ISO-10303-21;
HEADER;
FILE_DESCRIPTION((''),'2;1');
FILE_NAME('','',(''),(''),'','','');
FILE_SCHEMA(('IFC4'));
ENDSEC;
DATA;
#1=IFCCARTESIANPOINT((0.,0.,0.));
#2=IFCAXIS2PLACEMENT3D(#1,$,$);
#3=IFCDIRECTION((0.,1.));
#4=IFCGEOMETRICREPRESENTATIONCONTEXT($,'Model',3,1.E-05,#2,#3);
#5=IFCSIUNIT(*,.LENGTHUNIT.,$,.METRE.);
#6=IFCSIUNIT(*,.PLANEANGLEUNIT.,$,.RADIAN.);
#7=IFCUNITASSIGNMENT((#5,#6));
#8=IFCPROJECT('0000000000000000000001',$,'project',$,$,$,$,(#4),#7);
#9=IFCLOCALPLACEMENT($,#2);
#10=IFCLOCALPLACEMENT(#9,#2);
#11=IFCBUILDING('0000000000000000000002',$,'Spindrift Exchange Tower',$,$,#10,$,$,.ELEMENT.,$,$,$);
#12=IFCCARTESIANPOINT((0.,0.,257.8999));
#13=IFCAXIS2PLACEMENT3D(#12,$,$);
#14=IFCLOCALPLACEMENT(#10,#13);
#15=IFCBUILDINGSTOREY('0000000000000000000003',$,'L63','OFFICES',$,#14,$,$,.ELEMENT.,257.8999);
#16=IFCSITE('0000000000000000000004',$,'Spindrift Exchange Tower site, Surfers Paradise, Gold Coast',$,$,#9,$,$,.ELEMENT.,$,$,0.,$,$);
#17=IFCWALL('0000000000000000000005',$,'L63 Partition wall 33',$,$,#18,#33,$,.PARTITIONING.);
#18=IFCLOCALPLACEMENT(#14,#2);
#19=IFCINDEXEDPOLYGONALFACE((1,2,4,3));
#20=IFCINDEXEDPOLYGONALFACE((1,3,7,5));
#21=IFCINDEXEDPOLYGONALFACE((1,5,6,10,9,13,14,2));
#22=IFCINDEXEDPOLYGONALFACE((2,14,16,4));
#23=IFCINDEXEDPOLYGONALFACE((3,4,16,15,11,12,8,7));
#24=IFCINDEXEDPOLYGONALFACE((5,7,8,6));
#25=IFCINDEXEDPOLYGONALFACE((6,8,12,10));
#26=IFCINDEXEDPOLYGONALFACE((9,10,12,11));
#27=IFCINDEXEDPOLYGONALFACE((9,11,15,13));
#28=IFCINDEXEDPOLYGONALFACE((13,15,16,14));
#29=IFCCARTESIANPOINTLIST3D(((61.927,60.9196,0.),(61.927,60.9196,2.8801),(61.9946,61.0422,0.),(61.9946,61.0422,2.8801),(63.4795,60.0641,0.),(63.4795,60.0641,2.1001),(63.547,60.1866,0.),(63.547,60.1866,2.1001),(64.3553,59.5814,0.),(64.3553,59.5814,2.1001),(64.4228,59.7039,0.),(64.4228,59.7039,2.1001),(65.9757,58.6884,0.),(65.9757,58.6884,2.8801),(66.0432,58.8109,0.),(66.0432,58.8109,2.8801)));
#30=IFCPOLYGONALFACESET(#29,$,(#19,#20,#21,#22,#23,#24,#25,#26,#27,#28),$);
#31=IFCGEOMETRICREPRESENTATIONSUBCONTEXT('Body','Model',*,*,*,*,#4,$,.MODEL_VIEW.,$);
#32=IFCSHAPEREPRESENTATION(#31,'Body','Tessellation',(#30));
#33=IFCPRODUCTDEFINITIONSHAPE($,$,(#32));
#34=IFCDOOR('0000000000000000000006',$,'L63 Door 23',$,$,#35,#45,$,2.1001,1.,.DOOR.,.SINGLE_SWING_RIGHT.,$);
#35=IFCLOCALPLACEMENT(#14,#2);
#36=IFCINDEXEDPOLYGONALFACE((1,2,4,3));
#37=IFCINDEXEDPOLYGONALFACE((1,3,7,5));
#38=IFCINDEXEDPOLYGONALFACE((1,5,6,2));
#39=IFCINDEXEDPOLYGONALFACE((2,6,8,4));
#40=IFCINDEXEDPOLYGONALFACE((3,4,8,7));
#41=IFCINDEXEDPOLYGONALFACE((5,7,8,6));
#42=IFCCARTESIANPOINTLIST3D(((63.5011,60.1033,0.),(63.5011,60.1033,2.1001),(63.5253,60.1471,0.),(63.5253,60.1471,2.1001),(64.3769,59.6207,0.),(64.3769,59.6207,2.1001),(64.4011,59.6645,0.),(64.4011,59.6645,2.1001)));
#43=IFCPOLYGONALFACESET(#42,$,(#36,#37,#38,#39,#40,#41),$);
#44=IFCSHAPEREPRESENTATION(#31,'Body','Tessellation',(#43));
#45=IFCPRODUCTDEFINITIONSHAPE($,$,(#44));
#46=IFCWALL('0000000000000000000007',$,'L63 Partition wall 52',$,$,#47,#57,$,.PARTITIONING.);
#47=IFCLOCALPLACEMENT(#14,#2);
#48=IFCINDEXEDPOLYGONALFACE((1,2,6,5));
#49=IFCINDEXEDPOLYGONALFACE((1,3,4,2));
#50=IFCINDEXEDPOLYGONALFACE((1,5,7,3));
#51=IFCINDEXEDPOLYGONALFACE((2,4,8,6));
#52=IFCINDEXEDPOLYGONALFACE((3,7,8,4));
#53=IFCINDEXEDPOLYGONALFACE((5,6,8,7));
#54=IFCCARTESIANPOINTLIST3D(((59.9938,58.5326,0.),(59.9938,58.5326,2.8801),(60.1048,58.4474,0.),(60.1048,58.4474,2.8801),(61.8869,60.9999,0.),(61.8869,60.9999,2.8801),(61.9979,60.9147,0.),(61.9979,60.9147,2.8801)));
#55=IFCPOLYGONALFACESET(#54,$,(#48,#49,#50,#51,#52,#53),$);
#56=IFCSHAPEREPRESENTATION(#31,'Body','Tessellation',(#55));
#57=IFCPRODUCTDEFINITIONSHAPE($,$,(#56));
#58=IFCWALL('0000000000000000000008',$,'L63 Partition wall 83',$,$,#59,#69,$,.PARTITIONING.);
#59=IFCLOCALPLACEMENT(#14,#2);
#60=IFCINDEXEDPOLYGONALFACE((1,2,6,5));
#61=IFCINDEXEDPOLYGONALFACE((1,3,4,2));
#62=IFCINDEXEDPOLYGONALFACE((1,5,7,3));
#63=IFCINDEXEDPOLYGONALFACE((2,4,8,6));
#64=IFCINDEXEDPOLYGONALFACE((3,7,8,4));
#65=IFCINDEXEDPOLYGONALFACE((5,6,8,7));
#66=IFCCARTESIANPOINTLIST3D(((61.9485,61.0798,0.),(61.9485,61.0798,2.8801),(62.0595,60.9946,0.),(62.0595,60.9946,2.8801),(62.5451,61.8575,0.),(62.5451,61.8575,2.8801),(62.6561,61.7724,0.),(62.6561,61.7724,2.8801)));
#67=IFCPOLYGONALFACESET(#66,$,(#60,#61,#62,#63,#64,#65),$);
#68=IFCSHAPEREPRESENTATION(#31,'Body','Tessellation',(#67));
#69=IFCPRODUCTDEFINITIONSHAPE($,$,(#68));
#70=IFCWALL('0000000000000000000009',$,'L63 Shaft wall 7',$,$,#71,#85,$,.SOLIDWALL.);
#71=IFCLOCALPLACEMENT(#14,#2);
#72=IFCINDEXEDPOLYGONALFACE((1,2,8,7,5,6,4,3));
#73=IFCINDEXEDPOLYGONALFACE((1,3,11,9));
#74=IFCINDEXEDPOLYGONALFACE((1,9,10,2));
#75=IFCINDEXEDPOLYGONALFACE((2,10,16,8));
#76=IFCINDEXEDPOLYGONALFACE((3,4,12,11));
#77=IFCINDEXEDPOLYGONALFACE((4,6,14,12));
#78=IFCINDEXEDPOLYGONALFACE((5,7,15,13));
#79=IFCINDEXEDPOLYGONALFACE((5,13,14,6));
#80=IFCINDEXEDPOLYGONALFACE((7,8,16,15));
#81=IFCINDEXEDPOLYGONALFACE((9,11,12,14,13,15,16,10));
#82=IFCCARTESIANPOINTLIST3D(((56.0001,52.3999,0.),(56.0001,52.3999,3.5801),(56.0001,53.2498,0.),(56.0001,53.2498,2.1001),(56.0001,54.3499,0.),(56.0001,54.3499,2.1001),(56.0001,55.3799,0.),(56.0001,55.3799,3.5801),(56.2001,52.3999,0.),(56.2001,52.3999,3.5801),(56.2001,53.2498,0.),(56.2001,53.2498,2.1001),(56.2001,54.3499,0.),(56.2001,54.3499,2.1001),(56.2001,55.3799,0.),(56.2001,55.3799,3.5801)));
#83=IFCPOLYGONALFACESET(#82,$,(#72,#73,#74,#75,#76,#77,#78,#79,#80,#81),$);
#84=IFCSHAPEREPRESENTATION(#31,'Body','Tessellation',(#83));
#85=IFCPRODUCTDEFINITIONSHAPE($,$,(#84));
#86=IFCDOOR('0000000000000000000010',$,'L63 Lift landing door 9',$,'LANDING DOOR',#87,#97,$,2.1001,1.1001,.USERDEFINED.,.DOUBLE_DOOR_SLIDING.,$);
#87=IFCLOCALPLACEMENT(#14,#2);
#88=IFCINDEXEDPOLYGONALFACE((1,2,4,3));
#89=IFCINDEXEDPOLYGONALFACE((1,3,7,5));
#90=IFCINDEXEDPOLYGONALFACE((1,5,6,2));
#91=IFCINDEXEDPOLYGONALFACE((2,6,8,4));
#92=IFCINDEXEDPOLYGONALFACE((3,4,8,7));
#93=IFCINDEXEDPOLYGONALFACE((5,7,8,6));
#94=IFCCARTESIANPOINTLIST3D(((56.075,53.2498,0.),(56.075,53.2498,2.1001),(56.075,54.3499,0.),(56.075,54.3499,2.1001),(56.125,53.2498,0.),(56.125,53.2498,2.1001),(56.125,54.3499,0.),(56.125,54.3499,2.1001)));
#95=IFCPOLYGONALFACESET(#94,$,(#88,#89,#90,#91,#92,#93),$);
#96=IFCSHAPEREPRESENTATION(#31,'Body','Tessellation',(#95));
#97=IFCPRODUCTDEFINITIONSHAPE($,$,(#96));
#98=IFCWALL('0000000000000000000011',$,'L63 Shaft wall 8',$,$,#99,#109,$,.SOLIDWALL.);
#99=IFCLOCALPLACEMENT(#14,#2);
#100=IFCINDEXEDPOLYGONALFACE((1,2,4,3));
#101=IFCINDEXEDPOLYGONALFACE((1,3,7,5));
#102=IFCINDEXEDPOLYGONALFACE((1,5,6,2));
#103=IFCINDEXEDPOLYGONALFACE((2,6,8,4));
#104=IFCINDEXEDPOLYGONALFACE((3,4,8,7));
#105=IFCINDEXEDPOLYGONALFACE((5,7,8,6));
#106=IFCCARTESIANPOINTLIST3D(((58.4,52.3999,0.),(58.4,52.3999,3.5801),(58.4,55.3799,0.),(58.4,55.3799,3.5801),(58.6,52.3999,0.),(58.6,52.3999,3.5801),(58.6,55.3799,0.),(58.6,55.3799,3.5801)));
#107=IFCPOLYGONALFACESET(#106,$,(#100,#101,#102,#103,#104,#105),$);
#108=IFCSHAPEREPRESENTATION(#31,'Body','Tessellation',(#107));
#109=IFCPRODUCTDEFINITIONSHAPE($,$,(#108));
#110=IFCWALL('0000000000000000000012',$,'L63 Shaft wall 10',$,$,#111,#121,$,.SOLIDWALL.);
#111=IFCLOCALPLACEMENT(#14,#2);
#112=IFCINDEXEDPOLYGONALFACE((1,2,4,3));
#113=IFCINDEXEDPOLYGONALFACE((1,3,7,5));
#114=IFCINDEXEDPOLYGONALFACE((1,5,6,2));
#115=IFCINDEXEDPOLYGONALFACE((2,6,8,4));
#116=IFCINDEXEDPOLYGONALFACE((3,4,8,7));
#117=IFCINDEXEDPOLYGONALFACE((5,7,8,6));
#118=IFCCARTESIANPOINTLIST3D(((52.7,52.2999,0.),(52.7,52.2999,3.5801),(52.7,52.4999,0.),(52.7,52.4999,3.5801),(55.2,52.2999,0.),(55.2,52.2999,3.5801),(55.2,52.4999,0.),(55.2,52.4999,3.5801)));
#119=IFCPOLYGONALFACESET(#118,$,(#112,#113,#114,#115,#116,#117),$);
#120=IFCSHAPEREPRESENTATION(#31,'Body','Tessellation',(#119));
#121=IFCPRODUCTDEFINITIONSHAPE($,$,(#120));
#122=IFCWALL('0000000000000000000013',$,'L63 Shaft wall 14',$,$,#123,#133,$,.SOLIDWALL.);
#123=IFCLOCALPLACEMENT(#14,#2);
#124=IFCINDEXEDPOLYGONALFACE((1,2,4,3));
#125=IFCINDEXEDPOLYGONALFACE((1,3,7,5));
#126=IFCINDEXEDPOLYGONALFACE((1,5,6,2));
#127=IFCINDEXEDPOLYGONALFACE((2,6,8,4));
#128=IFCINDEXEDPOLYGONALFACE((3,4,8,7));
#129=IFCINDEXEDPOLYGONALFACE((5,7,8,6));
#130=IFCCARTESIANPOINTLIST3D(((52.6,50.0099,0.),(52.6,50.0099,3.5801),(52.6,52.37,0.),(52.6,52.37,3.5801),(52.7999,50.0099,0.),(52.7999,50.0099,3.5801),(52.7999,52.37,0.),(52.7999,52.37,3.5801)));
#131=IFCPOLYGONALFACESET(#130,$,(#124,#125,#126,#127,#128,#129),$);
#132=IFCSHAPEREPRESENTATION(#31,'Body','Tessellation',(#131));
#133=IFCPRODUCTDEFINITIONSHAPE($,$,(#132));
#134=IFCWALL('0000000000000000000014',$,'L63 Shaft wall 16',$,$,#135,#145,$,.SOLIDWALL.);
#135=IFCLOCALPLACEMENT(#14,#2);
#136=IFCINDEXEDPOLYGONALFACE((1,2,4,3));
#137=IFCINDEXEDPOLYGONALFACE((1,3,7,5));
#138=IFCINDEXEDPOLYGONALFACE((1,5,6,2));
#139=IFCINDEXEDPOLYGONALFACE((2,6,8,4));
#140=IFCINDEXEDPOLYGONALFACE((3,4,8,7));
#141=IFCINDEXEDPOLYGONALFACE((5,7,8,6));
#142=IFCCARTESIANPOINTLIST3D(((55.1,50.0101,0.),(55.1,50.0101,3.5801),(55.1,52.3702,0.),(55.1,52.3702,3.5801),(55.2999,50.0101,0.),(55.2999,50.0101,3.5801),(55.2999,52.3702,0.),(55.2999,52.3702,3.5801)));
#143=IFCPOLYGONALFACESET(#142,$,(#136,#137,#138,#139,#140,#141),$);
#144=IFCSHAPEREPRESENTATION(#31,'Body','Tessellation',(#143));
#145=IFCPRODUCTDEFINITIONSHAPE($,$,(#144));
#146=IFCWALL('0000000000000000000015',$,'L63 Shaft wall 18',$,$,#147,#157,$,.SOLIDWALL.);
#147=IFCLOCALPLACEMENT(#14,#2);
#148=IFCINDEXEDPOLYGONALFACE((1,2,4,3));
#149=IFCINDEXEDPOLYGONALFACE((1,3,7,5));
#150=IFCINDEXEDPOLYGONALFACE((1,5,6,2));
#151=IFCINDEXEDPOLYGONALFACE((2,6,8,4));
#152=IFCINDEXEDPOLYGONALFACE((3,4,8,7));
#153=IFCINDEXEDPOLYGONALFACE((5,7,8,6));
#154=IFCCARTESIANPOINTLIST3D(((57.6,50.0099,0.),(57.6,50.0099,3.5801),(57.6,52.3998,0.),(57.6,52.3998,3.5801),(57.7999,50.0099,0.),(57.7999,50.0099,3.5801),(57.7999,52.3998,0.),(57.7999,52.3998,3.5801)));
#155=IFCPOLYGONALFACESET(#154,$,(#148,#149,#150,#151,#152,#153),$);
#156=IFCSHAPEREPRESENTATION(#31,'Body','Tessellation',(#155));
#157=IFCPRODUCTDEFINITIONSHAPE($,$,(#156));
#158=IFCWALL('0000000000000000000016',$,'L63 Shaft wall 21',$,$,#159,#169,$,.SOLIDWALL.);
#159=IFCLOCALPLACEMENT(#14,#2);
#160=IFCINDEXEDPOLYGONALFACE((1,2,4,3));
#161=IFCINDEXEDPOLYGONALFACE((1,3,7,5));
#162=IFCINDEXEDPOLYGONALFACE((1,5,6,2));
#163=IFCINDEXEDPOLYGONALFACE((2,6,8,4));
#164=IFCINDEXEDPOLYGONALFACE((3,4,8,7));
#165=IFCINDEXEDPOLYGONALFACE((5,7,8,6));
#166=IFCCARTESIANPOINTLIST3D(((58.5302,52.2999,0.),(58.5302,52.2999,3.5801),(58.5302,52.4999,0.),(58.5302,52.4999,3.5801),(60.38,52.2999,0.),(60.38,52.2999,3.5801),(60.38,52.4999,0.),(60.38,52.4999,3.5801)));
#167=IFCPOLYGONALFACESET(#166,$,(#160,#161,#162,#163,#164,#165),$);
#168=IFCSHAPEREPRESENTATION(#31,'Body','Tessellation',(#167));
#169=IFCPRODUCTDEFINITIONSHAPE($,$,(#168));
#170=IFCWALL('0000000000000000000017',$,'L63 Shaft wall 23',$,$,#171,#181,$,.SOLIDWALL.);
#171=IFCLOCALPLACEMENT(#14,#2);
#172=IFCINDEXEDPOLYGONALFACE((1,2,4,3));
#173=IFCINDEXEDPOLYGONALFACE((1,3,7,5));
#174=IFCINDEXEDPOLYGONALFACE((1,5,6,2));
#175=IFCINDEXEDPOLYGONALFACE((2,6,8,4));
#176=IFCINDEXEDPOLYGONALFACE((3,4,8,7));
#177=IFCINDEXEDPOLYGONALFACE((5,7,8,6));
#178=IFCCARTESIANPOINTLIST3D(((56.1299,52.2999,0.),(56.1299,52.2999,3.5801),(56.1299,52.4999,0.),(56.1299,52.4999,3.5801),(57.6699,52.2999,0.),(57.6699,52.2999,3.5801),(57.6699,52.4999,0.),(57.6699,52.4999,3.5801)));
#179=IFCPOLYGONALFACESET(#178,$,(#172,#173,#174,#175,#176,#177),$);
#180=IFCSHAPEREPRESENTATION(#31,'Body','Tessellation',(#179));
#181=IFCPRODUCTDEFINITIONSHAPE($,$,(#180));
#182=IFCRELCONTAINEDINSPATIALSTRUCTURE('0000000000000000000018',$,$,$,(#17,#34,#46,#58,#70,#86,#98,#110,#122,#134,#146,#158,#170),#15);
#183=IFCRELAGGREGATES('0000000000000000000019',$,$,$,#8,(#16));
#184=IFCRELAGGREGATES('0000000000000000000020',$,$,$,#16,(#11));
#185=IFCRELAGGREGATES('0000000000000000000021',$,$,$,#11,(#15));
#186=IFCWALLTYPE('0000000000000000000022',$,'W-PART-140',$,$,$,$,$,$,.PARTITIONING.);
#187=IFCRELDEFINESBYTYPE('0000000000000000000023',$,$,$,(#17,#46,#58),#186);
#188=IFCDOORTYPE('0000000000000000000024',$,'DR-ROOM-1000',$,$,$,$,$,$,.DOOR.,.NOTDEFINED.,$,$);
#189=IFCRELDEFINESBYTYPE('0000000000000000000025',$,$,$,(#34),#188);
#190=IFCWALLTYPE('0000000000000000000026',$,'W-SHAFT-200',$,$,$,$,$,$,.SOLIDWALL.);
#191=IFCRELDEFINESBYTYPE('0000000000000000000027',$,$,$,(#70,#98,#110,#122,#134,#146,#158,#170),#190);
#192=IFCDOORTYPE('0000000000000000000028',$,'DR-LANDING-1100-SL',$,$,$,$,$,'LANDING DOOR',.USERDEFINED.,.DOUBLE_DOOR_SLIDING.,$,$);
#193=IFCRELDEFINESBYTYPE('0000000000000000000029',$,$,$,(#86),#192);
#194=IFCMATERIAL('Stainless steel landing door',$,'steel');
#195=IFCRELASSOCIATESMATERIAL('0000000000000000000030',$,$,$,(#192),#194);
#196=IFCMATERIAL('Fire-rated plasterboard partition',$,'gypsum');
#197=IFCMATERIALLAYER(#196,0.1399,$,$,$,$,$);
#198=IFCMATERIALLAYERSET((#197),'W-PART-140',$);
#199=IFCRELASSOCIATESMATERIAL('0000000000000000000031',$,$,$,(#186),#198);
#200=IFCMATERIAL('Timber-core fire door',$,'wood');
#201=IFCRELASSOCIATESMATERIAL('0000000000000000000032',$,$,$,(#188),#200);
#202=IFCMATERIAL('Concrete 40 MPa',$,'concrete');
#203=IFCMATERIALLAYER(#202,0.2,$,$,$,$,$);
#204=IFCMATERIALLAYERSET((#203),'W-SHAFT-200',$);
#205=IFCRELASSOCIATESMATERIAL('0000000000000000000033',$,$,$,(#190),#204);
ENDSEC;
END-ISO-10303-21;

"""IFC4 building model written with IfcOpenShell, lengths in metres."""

from ifc_helpers import new_model, si_unit, direction, frame, frame_2d, origin, place, context, subcontext, project, spatial, rectangle, extrude, source, transform, mapped, material, layer, layer_set, type_object, element, fill, save


model = new_model("IFC4")

# Units and contexts
model_context = context("Model", 3, precision=1e-05, world=origin(), true_north=direction((0.0, 1.0)))
body_context = subcontext(model_context, "Body", "Model", "MODEL_VIEW")
ifc_project = project(units=[si_unit("LENGTHUNIT", "METRE"), si_unit("PLANEANGLEUNIT", "RADIAN")], contexts=[model_context])

# Site, building, storey
site_placement = place(None, origin())
site = spatial("IfcSite", under=ifc_project, at=site_placement, Name="Spindrift Exchange Tower site, Surfers Paradise, Gold Coast", CompositionType="ELEMENT", RefElevation=0.0)
building_placement = place(site_placement, origin())
building = spatial("IfcBuilding", under=site, at=building_placement, Name="Spindrift Exchange Tower", CompositionType="ELEMENT")
storey_placement = place(building_placement, frame((0.0, 0.0, 257.8999)))
storey = spatial("IfcBuildingStorey", under=building, at=storey_placement, Name="L63", Description="OFFICES", CompositionType="ELEMENT", Elevation=257.8999)

# Shared definitions
ifc_material_1 = material(Name="Stainless steel landing door", Category="steel")
door_type_1 = type_object("IfcDoorType", Name="DR-LANDING-1100-SL", ElementType="LANDING DOOR", OperationType="DOUBLE_DOOR_SLIDING", PredefinedType="USERDEFINED", material=ifc_material_1)
shared_shape_1 = source(origin(), body_context, "Body", "SweptSolid", [
    extrude(rectangle(XDim=1.1001, YDim=2.1001, at=frame_2d((0.55, 1.05))), frame((0.0, 0.0249, 0.0), z_axis=(0.0, -1.0, 0.0), x_axis=(1.0, 0.0, 0.0)), (0.0, 0.0, 1.0), 0.05),
])
ifc_material_2 = material(Name="Timber-core fire door", Category="wood")

# Wall, opening, door
ifc_material_3 = material(Name="Fire-rated plasterboard partition", Category="gypsum")
ifc_layer_1 = layer(ifc_material_3, 0.1399)
ifc_layer_set_1 = layer_set([ifc_layer_1], Name="W-PART-140")
wall_type_1 = type_object("IfcWallType", Name="W-PART-140", PredefinedType="PARTITIONING", material=ifc_layer_set_1)
wall_1_placement = place(storey_placement, frame((61.9607, 60.981, 0.0), z_axis=(0.0, 0.0, 1.0), x_axis=(0.875806, -0.482663, 0.0)))
wall_1 = element("IfcWall", 1, at=wall_1_placement, inside=storey, type_object=wall_type_1, Name="L63 Partition wall 33", PredefinedType="PARTITIONING", context=body_context, shape_type="SweptSolid", body=[
    extrude(rectangle(XDim=4.6228, YDim=0.1399, at=frame_2d((2.3115, 0.0))), origin(), (0.0, 0.0, 1.0), 2.8801),
])
opening_1_placement = place(wall_1_placement, frame((1.7727, 0.0, 0.0)))
opening_1 = element("IfcOpeningElement", 2, at=opening_1_placement, cuts=wall_1, PredefinedType="OPENING", context=body_context, shape_type="SweptSolid", body=[
    extrude(rectangle(XDim=1.0, YDim=2.1001, at=frame_2d((0.5, 1.05))), frame((0.0, 0.0798, 0.0), z_axis=(0.0, -1.0, 0.0), x_axis=(1.0, 0.0, 0.0)), (0.0, 0.0, 1.0), 0.1599),
])
door_type_2 = type_object("IfcDoorType", Name="DR-ROOM-1000", OperationType="NOTDEFINED", PredefinedType="DOOR", material=ifc_material_2)
shared_shape_2 = source(origin(), body_context, "Body", "SweptSolid", [
    extrude(rectangle(XDim=1.0, YDim=2.1001, at=frame_2d((0.5, 1.05))), frame((0.0, 0.0249, 0.0), z_axis=(0.0, -1.0, 0.0), x_axis=(1.0, 0.0, 0.0)), (0.0, 0.0, 1.0), 0.05),
])
door_1_placement = place(opening_1_placement, origin())
door_1 = element("IfcDoor", 3, at=door_1_placement, inside=storey, type_object=door_type_2, Name="L63 Door 23", OperationType="SINGLE_SWING_RIGHT", OverallHeight=2.1001, OverallWidth=1.0, PredefinedType="DOOR", context=body_context, shape_type="MappedRepresentation", body=[
    mapped(shared_shape_2, transform((0.0, 0.0, 0.0), scale=1.0)),
])
fill(opening_1, door_1)

# Walls
wall_2_placement = place(storey_placement, frame((60.0493, 58.49, 0.0), z_axis=(0.0, 0.0, 1.0), x_axis=(0.608731, 0.793376, 0.0)))
element("IfcWall", 4, at=wall_2_placement, inside=storey, type_object=wall_type_1, Name="L63 Partition wall 52", PredefinedType="PARTITIONING", context=body_context, shape_type="SweptSolid", body=[
    extrude(rectangle(XDim=3.1099, YDim=0.1399, at=frame_2d((1.5549, 0.0))), origin(), (0.0, 0.0, 1.0), 2.8801),
])
wall_3_placement = place(storey_placement, frame((62.0039, 61.0371, 0.0), z_axis=(0.0, 0.0, 1.0), x_axis=(0.608651, 0.793438, 0.0)))
element("IfcWall", 5, at=wall_3_placement, inside=storey, type_object=wall_type_1, Name="L63 Partition wall 83", PredefinedType="PARTITIONING", context=body_context, shape_type="SweptSolid", body=[
    extrude(rectangle(XDim=0.9802, YDim=0.1399, at=frame_2d((0.4902, 0.0))), origin(), (0.0, 0.0, 1.0), 2.8801),
])

# Wall, opening, door
ifc_material_4 = material(Name="Concrete 40 MPa", Category="concrete")
ifc_layer_2 = layer(ifc_material_4, 0.2)
ifc_layer_set_2 = layer_set([ifc_layer_2], Name="W-SHAFT-200")
wall_type_2 = type_object("IfcWallType", Name="W-SHAFT-200", PredefinedType="SOLIDWALL", material=ifc_layer_set_2)
wall_4_placement = place(storey_placement, frame((56.1001, 55.3799, 0.0), z_axis=(0.0, 0.0, 1.0), x_axis=(0.0, -1.0, 0.0)))
wall_4 = element("IfcWall", 6, at=wall_4_placement, inside=storey, type_object=wall_type_2, Name="L63 Shaft wall 7", PredefinedType="SOLIDWALL", context=body_context, shape_type="SweptSolid", body=[
    extrude(rectangle(XDim=2.98, YDim=0.2, at=frame_2d((1.49, 0.0))), origin(), (0.0, 0.0, 1.0), 3.5801),
])
opening_2_placement = place(wall_4_placement, frame((1.03, 0.0, 0.0)))
opening_2 = element("IfcOpeningElement", 7, at=opening_2_placement, cuts=wall_4, PredefinedType="OPENING", context=body_context, shape_type="SweptSolid", body=[
    extrude(rectangle(XDim=1.1001, YDim=2.1001, at=frame_2d((0.55, 1.05))), frame((0.0, 0.1099, 0.0), z_axis=(0.0, -1.0, 0.0), x_axis=(1.0, 0.0, 0.0)), (0.0, 0.0, 1.0), 0.22),
])
door_2_placement = place(opening_2_placement, origin())
door_2 = element("IfcDoor", 8, at=door_2_placement, inside=storey, type_object=door_type_1, Name="L63 Lift landing door 9", ObjectType="LANDING DOOR", OperationType="DOUBLE_DOOR_SLIDING", OverallHeight=2.1001, OverallWidth=1.1001, PredefinedType="USERDEFINED", context=body_context, shape_type="MappedRepresentation", body=[
    mapped(shared_shape_1, transform((0.0, 0.0, 0.0), scale=1.0)),
])
fill(opening_2, door_2)

# Walls
wall_5_placement = place(storey_placement, frame((58.5, 52.3999, 0.0), z_axis=(0.0, 0.0, 1.0), x_axis=(0.0, 1.0, 0.0)))
element("IfcWall", 9, at=wall_5_placement, inside=storey, type_object=wall_type_2, Name="L63 Shaft wall 8", PredefinedType="SOLIDWALL", context=body_context, shape_type="SweptSolid", body=[
    extrude(rectangle(XDim=2.98, YDim=0.2, at=frame_2d((1.49, 0.0))), origin(), (0.0, 0.0, 1.0), 3.5801),
])
wall_6_placement = place(storey_placement, frame((55.2, 52.3999, 0.0), z_axis=(0.0, 0.0, 1.0), x_axis=(-1.0, 0.0, 0.0)))
element("IfcWall", 10, at=wall_6_placement, inside=storey, type_object=wall_type_2, Name="L63 Shaft wall 10", PredefinedType="SOLIDWALL", context=body_context, shape_type="SweptSolid", body=[
    extrude(rectangle(XDim=2.5, YDim=0.2, at=frame_2d((1.25, 0.0))), origin(), (0.0, 0.0, 1.0), 3.5801),
])
for number, where, z_axis, x_axis, name in (
    (11, (52.7, 52.3701, 0.0), (0.0, 0.0, 1.0), (0.0, -1.0, 0.0), "L63 Shaft wall 14"),
    (12, (55.2, 50.01, 0.0), (0.0, 0.0, 1.0), (0.0, 1.0, 0.0), "L63 Shaft wall 16"),
):
    element("IfcWall", number, at=place(storey_placement, frame(where, z_axis=z_axis, x_axis=x_axis)), inside=storey, type_object=wall_type_2, Name=name, PredefinedType="SOLIDWALL", context=body_context, shape_type="SweptSolid", body=[
        extrude(rectangle(XDim=2.3601, YDim=0.2, at=frame_2d((1.1802, 0.0))), origin(), (0.0, 0.0, 1.0), 3.5801),
    ])
wall_7_placement = place(storey_placement, frame((57.7, 50.01, 0.0), z_axis=(0.0, 0.0, 1.0), x_axis=(0.0, 1.0, 0.0)))
element("IfcWall", 13, at=wall_7_placement, inside=storey, type_object=wall_type_2, Name="L63 Shaft wall 18", PredefinedType="SOLIDWALL", context=body_context, shape_type="SweptSolid", body=[
    extrude(rectangle(XDim=2.3899, YDim=0.2, at=frame_2d((1.1948, 0.0))), origin(), (0.0, 0.0, 1.0), 3.5801),
])
wall_8_placement = place(storey_placement, frame((60.3799, 52.3999, 0.0), z_axis=(0.0, 0.0, 1.0), x_axis=(-1.0, 0.0, 0.0)))
element("IfcWall", 14, at=wall_8_placement, inside=storey, type_object=wall_type_2, Name="L63 Shaft wall 21", PredefinedType="SOLIDWALL", context=body_context, shape_type="SweptSolid", body=[
    extrude(rectangle(XDim=1.8499, YDim=0.2, at=frame_2d((0.9248, 0.0))), origin(), (0.0, 0.0, 1.0), 3.5801),
])
wall_9_placement = place(storey_placement, frame((57.6699, 52.3999, 0.0), z_axis=(0.0, 0.0, 1.0), x_axis=(-1.0, 0.0, 0.0)))
element("IfcWall", 15, at=wall_9_placement, inside=storey, type_object=wall_type_2, Name="L63 Shaft wall 23", PredefinedType="SOLIDWALL", context=body_context, shape_type="SweptSolid", body=[
    extrude(rectangle(XDim=1.54, YDim=0.2, at=frame_2d((0.77, 0.0))), origin(), (0.0, 0.0, 1.0), 3.5801),
])

save(model, "model.ifc")
